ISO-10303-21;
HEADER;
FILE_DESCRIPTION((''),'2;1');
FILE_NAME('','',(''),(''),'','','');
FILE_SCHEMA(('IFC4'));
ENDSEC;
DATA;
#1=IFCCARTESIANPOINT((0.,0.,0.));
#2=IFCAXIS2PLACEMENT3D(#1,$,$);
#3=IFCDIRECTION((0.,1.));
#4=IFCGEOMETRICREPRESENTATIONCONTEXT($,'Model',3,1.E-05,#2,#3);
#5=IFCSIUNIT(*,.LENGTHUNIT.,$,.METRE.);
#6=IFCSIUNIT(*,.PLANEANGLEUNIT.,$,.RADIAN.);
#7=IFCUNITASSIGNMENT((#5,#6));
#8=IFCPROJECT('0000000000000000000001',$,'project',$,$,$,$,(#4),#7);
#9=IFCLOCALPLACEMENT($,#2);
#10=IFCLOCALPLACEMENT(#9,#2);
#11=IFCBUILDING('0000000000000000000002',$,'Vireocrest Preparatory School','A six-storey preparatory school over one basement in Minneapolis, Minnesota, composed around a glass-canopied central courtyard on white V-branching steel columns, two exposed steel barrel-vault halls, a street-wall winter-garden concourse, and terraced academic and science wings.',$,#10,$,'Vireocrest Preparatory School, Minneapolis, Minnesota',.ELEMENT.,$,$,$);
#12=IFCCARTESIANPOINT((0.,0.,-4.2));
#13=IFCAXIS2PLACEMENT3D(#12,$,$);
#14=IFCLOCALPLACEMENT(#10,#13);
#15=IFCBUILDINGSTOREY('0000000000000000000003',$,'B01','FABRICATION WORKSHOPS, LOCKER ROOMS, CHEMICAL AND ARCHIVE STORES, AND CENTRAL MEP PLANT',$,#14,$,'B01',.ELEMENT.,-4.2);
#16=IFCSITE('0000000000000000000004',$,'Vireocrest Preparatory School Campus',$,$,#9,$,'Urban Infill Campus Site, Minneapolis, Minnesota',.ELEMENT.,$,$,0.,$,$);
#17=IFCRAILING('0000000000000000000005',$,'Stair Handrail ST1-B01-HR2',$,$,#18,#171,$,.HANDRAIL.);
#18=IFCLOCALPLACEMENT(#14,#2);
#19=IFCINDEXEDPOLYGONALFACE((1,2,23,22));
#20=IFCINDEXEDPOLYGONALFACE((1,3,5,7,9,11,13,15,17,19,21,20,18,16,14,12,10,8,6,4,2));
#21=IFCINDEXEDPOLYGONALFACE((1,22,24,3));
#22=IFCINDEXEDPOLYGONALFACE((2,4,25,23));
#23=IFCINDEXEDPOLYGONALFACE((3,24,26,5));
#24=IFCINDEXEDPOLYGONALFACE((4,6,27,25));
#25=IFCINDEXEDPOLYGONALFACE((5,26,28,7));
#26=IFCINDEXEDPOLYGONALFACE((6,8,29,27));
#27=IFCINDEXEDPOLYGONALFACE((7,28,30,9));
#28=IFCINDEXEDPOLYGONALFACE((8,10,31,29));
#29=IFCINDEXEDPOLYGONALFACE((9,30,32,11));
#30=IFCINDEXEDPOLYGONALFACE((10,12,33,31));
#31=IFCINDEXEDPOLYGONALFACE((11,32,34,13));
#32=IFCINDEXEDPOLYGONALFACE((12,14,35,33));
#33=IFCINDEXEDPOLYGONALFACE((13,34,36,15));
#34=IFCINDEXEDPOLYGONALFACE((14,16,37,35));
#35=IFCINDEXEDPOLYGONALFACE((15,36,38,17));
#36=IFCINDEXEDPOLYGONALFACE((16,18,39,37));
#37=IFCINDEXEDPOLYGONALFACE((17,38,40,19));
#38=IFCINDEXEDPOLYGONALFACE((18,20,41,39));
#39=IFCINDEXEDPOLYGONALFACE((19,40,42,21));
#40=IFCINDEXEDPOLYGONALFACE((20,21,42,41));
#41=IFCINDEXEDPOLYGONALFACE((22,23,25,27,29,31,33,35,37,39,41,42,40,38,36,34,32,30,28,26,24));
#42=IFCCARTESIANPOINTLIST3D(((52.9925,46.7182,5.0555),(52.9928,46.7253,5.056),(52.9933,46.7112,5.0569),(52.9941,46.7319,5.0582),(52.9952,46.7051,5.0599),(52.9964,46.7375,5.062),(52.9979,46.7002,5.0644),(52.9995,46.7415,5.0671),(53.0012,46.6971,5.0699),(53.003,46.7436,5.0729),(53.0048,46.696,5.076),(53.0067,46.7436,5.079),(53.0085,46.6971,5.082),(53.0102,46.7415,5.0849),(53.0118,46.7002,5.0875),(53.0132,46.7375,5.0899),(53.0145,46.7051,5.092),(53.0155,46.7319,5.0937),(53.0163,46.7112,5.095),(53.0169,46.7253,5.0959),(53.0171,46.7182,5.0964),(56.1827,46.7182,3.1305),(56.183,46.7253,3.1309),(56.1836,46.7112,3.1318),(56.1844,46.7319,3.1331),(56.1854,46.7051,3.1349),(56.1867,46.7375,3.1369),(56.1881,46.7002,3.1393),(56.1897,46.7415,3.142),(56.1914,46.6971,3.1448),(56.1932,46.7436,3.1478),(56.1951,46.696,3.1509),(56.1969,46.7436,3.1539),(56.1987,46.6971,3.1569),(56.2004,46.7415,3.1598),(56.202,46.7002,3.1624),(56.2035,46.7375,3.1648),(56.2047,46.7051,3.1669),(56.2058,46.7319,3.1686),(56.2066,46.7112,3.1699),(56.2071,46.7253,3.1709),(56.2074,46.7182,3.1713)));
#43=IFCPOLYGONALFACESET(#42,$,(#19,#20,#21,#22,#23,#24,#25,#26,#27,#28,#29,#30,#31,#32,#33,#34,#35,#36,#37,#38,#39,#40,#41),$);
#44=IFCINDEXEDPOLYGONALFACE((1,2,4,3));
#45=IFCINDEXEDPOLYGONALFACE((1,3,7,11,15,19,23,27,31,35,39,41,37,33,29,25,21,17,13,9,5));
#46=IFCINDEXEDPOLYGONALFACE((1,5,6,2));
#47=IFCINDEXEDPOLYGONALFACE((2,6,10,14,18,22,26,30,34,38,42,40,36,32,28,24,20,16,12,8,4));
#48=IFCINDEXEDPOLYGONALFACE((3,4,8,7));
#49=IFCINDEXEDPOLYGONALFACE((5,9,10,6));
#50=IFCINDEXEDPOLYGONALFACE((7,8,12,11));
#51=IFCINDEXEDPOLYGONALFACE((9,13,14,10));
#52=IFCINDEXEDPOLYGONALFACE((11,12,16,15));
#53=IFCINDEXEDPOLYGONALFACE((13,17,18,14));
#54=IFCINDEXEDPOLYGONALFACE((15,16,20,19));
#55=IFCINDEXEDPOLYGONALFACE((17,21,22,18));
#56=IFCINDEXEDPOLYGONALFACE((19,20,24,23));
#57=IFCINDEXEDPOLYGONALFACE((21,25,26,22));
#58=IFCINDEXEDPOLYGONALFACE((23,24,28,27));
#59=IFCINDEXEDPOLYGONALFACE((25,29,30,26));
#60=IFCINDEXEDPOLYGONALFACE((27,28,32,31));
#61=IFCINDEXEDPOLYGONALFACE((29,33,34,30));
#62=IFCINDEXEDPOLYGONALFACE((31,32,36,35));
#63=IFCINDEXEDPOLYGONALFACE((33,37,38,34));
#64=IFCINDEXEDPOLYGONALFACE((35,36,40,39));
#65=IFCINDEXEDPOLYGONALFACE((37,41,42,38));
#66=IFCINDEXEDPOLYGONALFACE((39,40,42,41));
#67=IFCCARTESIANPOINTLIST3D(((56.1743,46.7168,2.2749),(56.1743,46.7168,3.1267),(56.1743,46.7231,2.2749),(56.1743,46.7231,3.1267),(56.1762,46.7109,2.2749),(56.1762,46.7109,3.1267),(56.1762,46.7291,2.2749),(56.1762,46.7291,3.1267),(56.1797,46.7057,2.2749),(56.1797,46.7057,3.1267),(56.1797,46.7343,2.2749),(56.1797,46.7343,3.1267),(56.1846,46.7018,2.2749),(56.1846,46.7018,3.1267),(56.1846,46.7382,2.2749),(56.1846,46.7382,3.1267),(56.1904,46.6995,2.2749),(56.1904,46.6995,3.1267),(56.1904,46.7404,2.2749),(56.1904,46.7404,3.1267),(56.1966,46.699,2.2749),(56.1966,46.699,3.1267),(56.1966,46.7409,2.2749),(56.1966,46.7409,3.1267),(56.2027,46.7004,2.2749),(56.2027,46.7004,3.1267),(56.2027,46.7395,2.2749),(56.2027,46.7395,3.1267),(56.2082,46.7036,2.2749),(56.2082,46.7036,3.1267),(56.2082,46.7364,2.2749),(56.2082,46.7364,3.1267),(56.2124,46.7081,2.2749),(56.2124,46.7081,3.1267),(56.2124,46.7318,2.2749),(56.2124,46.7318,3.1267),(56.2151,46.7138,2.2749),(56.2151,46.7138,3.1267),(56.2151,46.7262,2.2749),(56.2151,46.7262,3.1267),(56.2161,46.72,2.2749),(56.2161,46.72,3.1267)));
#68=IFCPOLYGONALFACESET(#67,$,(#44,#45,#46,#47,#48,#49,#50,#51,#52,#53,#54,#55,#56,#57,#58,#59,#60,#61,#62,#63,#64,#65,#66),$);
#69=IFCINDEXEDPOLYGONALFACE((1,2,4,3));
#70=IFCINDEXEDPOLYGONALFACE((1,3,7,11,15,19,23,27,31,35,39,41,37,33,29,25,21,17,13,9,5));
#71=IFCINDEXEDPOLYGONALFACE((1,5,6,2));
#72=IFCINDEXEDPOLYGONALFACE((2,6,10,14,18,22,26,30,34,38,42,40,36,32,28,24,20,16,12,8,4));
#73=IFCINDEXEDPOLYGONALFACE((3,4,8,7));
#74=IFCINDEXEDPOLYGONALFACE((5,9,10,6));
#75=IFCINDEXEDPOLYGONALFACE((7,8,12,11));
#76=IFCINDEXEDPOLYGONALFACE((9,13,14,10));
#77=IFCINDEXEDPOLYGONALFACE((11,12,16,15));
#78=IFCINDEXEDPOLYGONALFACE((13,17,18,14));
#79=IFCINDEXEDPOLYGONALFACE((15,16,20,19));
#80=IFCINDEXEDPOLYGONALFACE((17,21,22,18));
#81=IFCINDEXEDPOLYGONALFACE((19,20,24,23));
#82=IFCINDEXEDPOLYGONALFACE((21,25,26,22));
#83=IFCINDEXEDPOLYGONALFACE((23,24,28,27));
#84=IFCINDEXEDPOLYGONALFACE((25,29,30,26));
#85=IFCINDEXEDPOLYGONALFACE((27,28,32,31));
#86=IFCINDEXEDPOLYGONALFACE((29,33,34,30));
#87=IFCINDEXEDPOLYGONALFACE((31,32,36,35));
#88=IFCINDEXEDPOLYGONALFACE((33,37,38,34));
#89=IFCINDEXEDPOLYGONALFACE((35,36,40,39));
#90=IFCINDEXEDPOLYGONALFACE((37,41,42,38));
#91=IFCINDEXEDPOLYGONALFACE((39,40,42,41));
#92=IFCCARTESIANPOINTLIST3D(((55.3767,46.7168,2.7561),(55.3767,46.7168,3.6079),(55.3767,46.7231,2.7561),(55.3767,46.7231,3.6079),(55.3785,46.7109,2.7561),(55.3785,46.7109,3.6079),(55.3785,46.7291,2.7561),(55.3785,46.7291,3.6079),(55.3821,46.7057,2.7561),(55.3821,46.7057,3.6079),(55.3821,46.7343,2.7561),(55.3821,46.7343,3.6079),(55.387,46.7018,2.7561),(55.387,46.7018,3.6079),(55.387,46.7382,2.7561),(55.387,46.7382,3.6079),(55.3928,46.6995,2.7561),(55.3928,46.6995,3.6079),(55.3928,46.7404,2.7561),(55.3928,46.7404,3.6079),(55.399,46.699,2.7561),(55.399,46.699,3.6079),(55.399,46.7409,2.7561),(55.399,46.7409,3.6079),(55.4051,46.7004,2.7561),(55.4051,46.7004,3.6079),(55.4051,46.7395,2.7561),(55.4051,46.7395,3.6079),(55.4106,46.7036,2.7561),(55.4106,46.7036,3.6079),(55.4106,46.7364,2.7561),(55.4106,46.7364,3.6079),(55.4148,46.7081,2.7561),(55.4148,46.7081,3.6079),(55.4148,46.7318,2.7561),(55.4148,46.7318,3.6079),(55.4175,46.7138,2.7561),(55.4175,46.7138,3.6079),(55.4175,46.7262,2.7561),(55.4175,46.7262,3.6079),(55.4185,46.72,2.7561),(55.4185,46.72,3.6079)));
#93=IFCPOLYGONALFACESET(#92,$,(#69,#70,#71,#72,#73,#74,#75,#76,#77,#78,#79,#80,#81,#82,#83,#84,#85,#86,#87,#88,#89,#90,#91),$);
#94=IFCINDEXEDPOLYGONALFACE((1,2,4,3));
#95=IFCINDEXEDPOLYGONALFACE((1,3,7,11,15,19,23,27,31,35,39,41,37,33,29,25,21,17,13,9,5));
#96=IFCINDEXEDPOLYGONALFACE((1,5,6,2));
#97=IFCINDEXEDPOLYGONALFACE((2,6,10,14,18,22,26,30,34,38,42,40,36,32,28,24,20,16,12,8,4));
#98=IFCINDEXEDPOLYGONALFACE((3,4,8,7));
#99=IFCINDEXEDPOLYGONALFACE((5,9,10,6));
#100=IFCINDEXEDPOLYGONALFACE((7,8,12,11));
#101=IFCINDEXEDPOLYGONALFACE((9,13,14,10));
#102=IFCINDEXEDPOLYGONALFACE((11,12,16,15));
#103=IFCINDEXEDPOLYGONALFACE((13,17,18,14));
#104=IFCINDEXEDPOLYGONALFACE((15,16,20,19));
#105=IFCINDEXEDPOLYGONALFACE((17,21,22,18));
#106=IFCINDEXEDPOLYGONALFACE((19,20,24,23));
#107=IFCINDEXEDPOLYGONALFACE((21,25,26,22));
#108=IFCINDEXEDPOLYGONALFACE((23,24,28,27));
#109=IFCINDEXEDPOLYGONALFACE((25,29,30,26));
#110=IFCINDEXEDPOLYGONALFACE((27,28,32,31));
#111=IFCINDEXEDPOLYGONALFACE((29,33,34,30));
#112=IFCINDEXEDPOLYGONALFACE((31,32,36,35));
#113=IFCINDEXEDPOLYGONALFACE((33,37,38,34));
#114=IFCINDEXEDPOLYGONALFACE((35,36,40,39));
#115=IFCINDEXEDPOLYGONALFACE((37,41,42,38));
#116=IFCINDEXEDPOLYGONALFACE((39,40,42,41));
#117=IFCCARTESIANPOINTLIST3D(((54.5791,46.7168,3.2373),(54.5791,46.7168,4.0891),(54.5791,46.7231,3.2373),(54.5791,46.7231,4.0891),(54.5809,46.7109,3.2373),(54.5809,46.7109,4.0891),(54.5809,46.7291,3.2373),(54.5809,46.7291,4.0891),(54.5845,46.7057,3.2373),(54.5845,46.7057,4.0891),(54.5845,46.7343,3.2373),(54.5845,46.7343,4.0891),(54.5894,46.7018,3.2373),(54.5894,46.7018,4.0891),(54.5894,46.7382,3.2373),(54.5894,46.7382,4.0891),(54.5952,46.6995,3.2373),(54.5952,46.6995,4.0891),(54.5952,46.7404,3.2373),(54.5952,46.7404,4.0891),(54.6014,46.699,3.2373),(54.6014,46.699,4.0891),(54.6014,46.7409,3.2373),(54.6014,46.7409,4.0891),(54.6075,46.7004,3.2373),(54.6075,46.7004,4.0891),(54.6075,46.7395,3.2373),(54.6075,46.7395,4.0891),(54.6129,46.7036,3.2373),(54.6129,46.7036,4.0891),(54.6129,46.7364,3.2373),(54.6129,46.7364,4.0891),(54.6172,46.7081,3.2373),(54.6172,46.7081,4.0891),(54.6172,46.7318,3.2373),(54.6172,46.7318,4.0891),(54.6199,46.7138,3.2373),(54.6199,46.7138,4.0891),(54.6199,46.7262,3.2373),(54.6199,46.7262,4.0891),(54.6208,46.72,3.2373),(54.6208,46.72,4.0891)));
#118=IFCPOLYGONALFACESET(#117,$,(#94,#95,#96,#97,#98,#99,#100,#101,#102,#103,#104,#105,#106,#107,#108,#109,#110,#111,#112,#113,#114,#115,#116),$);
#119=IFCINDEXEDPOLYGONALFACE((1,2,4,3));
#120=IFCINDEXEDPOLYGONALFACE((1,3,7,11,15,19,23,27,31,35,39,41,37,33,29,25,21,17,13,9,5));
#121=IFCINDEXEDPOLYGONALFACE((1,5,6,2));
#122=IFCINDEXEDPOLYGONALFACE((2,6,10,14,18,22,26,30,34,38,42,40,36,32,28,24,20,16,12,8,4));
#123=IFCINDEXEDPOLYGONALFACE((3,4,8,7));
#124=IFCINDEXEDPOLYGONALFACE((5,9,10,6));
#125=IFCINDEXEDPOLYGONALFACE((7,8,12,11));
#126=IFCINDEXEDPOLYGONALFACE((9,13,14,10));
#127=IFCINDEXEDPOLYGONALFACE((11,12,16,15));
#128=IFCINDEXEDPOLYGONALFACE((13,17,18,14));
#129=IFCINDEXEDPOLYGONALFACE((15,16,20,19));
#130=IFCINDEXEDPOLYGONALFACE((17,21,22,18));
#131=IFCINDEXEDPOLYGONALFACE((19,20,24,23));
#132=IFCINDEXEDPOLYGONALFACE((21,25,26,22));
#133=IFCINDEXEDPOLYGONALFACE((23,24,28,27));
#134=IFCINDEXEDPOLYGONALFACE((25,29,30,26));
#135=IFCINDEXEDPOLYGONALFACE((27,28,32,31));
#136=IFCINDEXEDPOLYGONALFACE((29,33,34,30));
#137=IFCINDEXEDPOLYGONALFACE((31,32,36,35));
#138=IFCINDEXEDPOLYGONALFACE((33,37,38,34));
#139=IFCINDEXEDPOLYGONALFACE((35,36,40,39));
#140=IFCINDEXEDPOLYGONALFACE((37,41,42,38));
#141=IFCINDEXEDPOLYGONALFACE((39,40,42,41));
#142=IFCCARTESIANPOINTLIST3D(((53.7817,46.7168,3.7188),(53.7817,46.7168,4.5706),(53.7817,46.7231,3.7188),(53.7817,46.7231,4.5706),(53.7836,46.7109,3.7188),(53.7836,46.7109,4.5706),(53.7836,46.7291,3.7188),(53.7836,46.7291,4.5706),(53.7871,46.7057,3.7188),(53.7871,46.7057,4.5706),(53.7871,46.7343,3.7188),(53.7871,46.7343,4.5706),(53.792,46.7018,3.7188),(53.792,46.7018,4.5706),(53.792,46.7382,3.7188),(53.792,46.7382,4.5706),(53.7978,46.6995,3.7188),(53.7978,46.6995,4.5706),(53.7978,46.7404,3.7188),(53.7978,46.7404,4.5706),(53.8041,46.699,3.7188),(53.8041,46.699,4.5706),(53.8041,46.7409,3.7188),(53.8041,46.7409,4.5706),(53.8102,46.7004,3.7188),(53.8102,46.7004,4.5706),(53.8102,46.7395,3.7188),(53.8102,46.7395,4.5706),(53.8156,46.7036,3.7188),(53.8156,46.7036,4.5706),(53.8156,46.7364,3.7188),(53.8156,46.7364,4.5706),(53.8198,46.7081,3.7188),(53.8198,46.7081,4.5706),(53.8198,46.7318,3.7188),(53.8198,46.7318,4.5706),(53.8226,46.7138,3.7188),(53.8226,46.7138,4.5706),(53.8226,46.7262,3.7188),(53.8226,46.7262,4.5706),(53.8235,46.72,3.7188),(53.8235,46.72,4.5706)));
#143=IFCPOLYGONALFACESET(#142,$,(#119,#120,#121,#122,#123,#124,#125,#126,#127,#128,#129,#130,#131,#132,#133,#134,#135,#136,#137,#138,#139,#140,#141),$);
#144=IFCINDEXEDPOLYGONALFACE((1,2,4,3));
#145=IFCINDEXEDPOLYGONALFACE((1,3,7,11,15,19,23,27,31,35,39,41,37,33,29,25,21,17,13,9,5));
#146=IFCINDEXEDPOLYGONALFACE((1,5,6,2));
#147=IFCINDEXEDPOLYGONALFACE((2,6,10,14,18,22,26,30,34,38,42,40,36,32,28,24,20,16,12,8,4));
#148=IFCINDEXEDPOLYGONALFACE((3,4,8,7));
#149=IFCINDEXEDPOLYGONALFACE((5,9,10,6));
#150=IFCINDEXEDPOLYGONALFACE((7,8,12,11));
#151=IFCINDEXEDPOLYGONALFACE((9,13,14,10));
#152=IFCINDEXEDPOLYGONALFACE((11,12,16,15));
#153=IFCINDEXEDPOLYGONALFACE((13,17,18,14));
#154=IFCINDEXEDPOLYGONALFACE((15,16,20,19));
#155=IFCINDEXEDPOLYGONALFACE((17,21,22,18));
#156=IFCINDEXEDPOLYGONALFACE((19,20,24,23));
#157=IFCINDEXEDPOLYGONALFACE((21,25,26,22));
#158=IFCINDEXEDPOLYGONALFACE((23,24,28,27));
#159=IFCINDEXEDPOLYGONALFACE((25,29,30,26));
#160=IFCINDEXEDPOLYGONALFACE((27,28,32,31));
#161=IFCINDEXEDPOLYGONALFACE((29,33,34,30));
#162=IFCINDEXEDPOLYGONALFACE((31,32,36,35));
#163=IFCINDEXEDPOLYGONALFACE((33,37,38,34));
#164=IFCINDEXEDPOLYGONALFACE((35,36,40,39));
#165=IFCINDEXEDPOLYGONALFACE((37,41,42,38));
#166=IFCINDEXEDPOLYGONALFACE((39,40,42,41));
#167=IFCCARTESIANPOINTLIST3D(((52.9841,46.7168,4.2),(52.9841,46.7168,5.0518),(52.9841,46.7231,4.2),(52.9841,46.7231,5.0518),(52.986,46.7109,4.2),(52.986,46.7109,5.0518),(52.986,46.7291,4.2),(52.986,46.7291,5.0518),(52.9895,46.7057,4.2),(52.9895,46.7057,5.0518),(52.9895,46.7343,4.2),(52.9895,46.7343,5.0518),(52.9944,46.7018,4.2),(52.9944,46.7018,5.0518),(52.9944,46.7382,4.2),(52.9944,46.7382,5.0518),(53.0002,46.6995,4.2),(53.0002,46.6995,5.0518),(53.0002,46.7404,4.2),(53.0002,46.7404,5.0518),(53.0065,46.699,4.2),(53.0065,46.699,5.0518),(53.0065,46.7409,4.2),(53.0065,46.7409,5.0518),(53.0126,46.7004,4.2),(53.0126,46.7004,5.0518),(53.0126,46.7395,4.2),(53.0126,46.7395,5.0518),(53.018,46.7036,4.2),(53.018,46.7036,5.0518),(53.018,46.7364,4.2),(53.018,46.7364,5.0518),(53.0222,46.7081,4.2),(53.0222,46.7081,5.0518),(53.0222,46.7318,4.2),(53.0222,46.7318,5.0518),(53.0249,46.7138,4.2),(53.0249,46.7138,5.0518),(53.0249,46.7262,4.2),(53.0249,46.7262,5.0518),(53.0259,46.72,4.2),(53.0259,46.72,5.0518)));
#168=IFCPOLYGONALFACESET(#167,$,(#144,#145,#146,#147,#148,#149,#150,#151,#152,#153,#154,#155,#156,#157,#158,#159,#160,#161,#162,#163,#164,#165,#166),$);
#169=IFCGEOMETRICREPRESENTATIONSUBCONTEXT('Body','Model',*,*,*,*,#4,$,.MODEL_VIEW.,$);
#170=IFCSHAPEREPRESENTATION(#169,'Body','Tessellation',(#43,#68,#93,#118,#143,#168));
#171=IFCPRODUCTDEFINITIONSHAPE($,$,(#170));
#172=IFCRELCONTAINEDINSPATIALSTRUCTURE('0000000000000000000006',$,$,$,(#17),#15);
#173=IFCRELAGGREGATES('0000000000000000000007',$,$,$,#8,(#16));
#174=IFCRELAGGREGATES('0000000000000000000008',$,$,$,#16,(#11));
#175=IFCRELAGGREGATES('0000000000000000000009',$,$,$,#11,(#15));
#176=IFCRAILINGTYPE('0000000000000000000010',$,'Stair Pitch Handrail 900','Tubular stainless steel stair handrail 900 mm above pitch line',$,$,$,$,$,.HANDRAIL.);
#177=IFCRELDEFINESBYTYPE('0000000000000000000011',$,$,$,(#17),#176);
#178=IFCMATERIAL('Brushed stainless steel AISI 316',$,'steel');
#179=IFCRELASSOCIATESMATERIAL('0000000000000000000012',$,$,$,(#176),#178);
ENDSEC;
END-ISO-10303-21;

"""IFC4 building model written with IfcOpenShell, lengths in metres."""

from ifc_helpers import new_model, si_unit, direction, frame, origin, origin_2d, place, context, subcontext, project, spatial, circle, extrude, material, type_object, element, save


model = new_model("IFC4")

# Units and contexts
model_context = context("Model", 3, precision=1e-05, world=origin(), true_north=direction((0.0, 1.0)))
body_context = subcontext(model_context, "Body", "Model", "MODEL_VIEW")
ifc_project = project(units=[si_unit("LENGTHUNIT", "METRE"), si_unit("PLANEANGLEUNIT", "RADIAN")], contexts=[model_context])

# Site, building, storey
site_placement = place(None, origin())
site = spatial("IfcSite", under=ifc_project, at=site_placement, Name="Vireocrest Preparatory School Campus", LongName="Urban Infill Campus Site, Minneapolis, Minnesota", CompositionType="ELEMENT", RefElevation=0.0)
building_placement = place(site_placement, origin())
building = spatial("IfcBuilding", under=site, at=building_placement, Name="Vireocrest Preparatory School", Description="A six-storey preparatory school over one basement in Minneapolis, Minnesota, composed around a glass-canopied central courtyard on white V-branching steel columns, two exposed steel barrel-vault halls, a street-wall winter-garden concourse, and terraced academic and science wings.", LongName="Vireocrest Preparatory School, Minneapolis, Minnesota", CompositionType="ELEMENT")
storey_placement = place(building_placement, frame((0.0, 0.0, -4.2)))
storey = spatial("IfcBuildingStorey", under=building, at=storey_placement, Name="B01", Description="FABRICATION WORKSHOPS, LOCKER ROOMS, CHEMICAL AND ARCHIVE STORES, AND CENTRAL MEP PLANT", LongName="B01", CompositionType="ELEMENT", Elevation=-4.2)

# Railing
ifc_material_1 = material(Name="Brushed stainless steel AISI 316", Category="steel")
railing_type = type_object("IfcRailingType", Name="Stair Pitch Handrail 900", Description="Tubular stainless steel stair handrail 900 mm above pitch line", PredefinedType="HANDRAIL", material=ifc_material_1)
railing_placement = place(storey_placement, frame((56.1951, 46.72, 2.2749)))
element("IfcRailing", 1, at=railing_placement, inside=storey, type_object=railing_type, Name="Stair Handrail ST1-B01-HR2", PredefinedType="HANDRAIL", context=body_context, shape_type="SweptSolid", body=[
    extrude(circle(Radius=0.0239, at=origin_2d()), frame((0.0, 0.0, 0.876), z_axis=(-0.856195, 0.0, 0.516653), x_axis=(0.0, -1.0, 0.0)), (0.0, 0.0, 1.0), 3.7261),
    extrude(circle(Radius=0.021, at=origin_2d()), origin(), (0.0, 0.0, 1.0), 0.8518),
    extrude(circle(Radius=0.021, at=origin_2d()), frame((-0.7976, 0.0, 0.4812)), (0.0, 0.0, 1.0), 0.8518),
    extrude(circle(Radius=0.021, at=origin_2d()), frame((-1.5952, 0.0, 0.9624)), (0.0, 0.0, 1.0), 0.8518),
    extrude(circle(Radius=0.021, at=origin_2d()), frame((-2.3926, 0.0, 1.4438)), (0.0, 0.0, 1.0), 0.8518),
    extrude(circle(Radius=0.021, at=origin_2d()), frame((-3.1902, 0.0, 1.925)), (0.0, 0.0, 1.0), 0.8518),
])

save(model, "model.ifc")
